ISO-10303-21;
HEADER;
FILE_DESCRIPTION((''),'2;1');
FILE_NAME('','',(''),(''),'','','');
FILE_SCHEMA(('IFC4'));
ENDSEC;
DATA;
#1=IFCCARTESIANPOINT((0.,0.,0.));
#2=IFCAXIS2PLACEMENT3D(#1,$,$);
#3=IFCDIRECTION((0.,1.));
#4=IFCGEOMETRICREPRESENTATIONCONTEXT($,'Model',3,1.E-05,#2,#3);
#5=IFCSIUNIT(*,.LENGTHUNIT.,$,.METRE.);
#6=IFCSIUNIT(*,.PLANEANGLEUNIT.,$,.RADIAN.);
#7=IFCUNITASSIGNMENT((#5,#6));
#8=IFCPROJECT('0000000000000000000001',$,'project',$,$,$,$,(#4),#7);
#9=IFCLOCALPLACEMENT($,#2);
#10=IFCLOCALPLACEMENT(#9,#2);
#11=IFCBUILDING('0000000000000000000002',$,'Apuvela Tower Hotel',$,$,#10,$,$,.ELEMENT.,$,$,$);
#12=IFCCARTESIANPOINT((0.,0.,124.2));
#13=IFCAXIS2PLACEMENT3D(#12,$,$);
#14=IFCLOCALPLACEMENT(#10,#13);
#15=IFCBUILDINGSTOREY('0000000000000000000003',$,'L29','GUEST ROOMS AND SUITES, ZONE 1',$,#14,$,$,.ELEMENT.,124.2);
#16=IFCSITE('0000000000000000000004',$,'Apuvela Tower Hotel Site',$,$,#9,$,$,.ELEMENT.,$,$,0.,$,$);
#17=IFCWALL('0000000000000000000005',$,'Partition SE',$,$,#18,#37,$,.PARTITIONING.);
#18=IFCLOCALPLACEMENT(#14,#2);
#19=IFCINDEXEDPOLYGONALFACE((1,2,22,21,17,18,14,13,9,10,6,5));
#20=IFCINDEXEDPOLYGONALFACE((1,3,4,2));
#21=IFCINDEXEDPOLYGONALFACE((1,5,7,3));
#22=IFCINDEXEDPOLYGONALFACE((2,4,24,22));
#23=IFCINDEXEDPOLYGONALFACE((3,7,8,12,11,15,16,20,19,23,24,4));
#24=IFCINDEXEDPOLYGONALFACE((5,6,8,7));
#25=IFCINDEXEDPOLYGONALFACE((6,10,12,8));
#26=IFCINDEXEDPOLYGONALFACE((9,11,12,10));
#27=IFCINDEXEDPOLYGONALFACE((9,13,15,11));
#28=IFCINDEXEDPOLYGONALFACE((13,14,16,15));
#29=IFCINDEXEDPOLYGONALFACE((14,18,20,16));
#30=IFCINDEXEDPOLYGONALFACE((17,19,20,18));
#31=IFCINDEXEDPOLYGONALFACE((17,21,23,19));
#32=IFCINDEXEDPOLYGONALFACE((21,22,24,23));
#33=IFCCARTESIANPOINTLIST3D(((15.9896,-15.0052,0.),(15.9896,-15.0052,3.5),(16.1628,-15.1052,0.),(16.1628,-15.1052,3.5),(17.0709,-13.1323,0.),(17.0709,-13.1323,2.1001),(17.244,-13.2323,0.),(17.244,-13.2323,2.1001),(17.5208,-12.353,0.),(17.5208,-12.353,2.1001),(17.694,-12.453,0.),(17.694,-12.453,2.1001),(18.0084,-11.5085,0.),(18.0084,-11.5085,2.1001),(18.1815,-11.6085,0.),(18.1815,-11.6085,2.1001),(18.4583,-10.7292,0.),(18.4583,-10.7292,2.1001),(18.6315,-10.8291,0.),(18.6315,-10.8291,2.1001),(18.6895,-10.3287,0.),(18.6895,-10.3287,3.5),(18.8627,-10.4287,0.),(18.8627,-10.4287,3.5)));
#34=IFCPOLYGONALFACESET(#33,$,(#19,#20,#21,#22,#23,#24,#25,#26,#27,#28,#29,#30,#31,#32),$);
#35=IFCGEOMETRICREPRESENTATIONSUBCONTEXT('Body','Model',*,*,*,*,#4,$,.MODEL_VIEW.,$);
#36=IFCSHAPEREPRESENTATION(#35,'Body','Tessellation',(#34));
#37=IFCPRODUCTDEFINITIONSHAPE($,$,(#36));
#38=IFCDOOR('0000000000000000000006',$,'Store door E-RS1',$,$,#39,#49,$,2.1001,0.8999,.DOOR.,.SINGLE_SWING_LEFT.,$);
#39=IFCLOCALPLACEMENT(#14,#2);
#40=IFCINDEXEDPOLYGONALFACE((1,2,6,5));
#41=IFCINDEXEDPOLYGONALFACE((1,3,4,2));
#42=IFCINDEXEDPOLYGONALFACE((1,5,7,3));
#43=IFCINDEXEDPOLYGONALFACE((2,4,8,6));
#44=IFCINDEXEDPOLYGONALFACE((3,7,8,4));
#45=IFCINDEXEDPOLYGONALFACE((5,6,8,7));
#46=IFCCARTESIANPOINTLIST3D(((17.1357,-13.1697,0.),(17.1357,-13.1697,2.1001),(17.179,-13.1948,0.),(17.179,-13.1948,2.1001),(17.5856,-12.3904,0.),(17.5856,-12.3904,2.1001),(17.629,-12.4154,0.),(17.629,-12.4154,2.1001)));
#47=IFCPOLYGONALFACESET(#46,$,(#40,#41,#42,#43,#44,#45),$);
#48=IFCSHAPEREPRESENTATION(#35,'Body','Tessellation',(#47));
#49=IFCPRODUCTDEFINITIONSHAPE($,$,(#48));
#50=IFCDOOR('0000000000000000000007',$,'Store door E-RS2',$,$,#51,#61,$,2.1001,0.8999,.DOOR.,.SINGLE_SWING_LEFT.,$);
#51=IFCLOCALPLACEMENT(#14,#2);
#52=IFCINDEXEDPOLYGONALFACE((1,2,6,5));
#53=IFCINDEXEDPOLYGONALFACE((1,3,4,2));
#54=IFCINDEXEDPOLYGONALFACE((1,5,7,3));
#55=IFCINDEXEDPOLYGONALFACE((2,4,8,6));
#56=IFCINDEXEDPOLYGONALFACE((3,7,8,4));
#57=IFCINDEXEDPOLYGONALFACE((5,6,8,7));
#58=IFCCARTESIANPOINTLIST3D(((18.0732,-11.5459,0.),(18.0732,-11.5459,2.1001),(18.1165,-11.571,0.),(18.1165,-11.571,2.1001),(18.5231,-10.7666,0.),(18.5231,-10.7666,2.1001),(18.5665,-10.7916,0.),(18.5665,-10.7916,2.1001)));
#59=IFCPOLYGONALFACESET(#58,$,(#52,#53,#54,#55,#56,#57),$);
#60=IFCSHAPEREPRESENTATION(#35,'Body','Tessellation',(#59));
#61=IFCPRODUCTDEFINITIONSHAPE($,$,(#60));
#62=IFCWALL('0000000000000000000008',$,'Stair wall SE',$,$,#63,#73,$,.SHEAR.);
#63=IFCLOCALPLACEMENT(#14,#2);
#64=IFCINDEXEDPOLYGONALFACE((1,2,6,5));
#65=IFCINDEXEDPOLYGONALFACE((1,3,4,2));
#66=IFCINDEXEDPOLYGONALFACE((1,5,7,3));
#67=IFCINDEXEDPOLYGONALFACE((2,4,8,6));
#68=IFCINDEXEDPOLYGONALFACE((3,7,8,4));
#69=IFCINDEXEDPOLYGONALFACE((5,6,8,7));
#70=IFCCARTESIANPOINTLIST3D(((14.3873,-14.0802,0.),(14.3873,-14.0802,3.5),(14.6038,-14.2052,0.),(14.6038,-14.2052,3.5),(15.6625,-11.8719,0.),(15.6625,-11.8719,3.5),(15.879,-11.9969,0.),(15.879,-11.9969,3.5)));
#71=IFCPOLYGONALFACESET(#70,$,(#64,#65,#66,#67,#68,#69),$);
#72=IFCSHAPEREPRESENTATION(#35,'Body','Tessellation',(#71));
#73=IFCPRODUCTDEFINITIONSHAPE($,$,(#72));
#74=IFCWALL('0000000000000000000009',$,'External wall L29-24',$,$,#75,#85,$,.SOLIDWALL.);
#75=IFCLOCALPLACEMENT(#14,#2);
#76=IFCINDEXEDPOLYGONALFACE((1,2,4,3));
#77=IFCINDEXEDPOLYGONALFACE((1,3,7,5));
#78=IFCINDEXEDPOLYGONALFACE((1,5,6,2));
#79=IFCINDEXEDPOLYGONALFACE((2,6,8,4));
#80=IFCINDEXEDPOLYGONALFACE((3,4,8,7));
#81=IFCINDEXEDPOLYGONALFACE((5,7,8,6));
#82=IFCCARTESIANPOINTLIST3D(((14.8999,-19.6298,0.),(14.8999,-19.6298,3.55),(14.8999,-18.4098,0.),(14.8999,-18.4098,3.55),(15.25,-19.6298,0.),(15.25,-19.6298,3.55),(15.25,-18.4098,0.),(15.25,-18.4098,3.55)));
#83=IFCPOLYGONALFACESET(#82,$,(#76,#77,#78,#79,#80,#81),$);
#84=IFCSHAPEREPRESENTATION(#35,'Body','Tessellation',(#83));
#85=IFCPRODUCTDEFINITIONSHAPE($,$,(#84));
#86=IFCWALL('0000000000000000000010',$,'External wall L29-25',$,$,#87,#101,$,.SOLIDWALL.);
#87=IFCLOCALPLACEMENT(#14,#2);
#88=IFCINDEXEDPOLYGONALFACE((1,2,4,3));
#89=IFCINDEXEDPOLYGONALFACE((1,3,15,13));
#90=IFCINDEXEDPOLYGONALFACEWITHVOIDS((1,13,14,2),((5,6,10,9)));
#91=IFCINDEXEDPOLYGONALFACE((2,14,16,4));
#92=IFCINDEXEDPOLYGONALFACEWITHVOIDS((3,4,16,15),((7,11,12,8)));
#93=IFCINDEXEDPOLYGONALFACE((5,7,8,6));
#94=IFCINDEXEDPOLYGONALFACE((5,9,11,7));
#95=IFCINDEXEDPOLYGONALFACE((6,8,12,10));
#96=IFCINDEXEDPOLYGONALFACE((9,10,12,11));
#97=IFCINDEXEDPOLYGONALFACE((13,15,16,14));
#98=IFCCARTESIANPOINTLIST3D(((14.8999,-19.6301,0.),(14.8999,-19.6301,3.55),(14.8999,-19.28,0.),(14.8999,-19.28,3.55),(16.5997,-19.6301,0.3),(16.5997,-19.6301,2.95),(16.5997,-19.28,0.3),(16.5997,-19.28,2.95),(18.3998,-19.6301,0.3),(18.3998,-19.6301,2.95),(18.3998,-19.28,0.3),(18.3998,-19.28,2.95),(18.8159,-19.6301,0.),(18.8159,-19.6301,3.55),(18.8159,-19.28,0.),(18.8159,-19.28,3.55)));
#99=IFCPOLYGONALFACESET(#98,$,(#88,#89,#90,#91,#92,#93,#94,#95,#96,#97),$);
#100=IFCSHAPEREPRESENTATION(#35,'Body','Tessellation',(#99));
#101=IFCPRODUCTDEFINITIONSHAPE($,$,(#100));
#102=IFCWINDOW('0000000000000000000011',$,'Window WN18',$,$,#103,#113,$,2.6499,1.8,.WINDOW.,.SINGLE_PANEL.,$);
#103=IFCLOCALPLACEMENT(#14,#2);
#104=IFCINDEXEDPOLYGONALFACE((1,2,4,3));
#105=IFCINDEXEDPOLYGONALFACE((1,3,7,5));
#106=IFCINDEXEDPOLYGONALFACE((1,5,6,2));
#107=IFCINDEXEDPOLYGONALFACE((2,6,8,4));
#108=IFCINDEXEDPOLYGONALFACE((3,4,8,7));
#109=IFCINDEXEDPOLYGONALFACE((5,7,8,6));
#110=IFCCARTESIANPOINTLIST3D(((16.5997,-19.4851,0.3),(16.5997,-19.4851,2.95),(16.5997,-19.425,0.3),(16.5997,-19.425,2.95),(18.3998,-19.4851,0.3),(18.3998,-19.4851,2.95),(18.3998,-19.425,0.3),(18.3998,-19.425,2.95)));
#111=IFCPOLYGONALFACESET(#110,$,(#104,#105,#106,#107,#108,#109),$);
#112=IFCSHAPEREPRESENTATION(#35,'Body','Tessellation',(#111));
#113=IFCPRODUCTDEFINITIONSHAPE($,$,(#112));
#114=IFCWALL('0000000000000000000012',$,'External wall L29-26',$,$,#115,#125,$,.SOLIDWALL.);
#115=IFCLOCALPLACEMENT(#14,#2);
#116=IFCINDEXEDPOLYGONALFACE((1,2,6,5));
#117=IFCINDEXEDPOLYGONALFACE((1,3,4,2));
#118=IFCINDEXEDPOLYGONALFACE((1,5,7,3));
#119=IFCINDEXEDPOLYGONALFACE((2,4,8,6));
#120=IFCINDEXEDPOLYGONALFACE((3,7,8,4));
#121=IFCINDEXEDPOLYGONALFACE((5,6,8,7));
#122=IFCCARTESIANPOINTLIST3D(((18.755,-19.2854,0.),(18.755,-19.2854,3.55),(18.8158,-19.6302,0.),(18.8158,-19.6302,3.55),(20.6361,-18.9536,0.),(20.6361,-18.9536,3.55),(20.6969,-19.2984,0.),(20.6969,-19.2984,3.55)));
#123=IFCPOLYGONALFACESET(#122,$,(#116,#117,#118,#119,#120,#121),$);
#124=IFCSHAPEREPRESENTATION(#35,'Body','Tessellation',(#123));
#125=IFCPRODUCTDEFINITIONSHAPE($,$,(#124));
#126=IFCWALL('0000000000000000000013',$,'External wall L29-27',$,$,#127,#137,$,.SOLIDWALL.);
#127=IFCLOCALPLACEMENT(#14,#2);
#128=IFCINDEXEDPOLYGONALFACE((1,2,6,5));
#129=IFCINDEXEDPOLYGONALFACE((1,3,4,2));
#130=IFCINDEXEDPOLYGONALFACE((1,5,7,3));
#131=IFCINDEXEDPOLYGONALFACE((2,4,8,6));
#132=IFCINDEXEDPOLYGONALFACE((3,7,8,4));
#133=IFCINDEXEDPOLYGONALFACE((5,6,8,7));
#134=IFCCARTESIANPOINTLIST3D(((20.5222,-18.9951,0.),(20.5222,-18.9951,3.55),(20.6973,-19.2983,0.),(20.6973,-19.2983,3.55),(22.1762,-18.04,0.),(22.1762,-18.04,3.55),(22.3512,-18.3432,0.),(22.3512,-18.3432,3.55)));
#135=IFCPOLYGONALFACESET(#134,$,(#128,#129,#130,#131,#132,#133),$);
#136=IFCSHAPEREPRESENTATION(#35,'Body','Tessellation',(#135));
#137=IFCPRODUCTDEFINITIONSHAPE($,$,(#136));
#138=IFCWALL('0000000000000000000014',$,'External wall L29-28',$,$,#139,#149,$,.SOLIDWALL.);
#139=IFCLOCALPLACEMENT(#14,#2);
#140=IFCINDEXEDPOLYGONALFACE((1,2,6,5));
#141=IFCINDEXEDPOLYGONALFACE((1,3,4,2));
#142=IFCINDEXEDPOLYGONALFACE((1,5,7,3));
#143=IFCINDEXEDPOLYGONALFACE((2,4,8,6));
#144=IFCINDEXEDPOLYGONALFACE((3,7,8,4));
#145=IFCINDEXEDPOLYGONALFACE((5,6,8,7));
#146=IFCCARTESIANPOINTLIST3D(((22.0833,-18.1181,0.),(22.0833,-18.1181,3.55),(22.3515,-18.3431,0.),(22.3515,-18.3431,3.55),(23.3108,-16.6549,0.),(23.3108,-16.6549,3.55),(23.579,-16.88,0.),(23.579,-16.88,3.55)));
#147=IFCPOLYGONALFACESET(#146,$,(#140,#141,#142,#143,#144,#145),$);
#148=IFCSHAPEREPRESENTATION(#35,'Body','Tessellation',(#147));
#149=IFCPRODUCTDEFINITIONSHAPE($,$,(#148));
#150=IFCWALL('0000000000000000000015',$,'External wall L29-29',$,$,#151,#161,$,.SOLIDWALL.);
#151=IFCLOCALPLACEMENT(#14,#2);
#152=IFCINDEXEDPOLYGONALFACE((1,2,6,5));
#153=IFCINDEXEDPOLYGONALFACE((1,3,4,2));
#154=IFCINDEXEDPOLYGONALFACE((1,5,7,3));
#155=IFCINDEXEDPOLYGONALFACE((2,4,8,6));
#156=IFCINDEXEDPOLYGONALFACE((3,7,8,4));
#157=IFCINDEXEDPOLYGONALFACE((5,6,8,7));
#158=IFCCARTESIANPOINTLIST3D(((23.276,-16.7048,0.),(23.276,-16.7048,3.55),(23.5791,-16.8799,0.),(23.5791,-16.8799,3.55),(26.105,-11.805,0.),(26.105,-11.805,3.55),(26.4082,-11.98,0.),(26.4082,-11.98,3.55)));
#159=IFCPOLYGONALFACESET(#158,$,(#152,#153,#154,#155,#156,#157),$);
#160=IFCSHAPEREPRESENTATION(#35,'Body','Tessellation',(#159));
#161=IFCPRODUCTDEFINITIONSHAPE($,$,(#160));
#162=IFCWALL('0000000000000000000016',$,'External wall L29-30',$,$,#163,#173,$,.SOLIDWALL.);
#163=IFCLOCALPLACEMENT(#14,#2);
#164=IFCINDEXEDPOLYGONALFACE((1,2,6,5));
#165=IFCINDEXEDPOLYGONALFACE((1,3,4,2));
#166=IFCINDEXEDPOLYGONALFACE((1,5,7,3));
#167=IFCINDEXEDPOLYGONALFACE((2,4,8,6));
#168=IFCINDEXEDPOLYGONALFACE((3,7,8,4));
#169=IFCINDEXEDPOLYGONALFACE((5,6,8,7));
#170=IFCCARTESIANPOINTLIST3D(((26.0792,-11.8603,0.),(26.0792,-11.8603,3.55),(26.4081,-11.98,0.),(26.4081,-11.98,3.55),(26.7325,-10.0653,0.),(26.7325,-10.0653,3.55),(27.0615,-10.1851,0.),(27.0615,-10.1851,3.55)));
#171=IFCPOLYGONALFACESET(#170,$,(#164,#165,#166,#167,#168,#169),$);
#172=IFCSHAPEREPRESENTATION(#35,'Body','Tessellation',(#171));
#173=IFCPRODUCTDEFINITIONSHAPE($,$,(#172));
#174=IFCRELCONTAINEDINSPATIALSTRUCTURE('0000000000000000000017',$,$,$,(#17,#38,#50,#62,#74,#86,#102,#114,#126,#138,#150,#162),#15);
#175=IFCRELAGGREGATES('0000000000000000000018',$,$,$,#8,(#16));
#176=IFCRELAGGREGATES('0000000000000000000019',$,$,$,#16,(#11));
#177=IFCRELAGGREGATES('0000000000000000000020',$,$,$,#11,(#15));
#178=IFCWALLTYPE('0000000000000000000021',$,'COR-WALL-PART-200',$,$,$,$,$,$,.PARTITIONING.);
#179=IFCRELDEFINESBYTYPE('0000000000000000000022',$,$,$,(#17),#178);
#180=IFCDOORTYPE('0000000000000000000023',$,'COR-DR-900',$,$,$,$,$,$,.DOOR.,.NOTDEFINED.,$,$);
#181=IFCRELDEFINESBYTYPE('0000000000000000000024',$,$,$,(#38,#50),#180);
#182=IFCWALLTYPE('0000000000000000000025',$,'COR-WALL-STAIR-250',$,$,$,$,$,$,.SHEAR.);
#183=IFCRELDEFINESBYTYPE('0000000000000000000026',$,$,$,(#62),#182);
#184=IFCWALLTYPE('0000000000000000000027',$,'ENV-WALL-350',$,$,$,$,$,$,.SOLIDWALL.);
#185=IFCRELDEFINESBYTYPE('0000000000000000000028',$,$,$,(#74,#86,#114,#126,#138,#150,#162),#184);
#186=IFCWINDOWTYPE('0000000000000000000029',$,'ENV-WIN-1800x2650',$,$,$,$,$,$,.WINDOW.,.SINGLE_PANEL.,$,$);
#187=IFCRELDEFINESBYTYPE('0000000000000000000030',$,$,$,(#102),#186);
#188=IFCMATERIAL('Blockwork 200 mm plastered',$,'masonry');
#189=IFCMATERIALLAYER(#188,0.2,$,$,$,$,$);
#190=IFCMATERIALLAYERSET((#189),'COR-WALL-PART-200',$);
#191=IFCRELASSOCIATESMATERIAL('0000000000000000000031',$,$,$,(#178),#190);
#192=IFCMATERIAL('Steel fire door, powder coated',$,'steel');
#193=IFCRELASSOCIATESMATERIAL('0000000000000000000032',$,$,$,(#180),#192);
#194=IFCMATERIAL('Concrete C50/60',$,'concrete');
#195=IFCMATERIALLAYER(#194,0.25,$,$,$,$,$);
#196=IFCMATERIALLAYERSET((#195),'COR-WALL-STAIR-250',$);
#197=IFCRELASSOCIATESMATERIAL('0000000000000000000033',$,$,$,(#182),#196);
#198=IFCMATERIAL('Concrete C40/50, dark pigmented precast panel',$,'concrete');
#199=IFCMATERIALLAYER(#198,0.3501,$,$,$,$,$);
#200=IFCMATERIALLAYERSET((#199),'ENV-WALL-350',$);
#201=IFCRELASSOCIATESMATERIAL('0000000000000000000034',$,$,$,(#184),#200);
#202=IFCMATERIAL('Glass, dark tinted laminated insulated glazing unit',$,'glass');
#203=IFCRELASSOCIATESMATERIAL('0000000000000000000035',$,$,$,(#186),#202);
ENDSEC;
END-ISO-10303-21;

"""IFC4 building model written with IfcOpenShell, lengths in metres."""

from ifc_helpers import new_model, si_unit, direction, frame, frame_2d, origin, place, context, subcontext, project, spatial, rectangle, extrude, material, layer, layer_set, type_object, element, fill, save


model = new_model("IFC4")

# Units and contexts
model_context = context("Model", 3, precision=1e-05, world=origin(), true_north=direction((0.0, 1.0)))
body_context = subcontext(model_context, "Body", "Model", "MODEL_VIEW")
ifc_project = project(units=[si_unit("LENGTHUNIT", "METRE"), si_unit("PLANEANGLEUNIT", "RADIAN")], contexts=[model_context])

# Site, building, storey
site_placement = place(None, origin())
site = spatial("IfcSite", under=ifc_project, at=site_placement, Name="Apuvela Tower Hotel Site", CompositionType="ELEMENT", RefElevation=0.0)
building_placement = place(site_placement, origin())
building = spatial("IfcBuilding", under=site, at=building_placement, Name="Apuvela Tower Hotel", CompositionType="ELEMENT")
storey_placement = place(building_placement, frame((0.0, 0.0, 124.2)))
storey = spatial("IfcBuildingStorey", under=building, at=storey_placement, Name="L29", Description="GUEST ROOMS AND SUITES, ZONE 1", CompositionType="ELEMENT", Elevation=124.2)

# Wall, openings, doors
ifc_material_1 = material(Name="Blockwork 200 mm plastered", Category="masonry")
ifc_layer_1 = layer(ifc_material_1, 0.2)
ifc_layer_set_1 = layer_set([ifc_layer_1], Name="COR-WALL-PART-200")
wall_type_1 = type_object("IfcWallType", Name="COR-WALL-PART-200", PredefinedType="PARTITIONING", material=ifc_layer_set_1)
wall_1_placement = place(storey_placement, frame((16.0762, -15.0552, 0.0), z_axis=(0.0, 0.0, 1.0), x_axis=(0.499995, 0.866028, 0.0)))
wall_1 = element("IfcWall", 1, at=wall_1_placement, inside=storey, type_object=wall_type_1, Name="Partition SE", PredefinedType="PARTITIONING", context=body_context, shape_type="SweptSolid", body=[
    extrude(rectangle(XDim=5.3999, YDim=0.2, at=frame_2d((2.7, 0.0))), origin(), (0.0, 0.0, 1.0), 3.5),
])
opening_1_placement = place(wall_1_placement, frame((2.1626, 0.0, 0.0)))
opening_1 = element("IfcOpeningElement", 2, at=opening_1_placement, cuts=wall_1, PredefinedType="OPENING", context=body_context, shape_type="SweptSolid", body=[
    extrude(rectangle(XDim=0.8999, YDim=2.1001, at=frame_2d((0.45, 1.05))), frame((0.0, 0.1099, 0.0), z_axis=(0.0, -1.0, 0.0), x_axis=(1.0, 0.0, 0.0)), (0.0, 0.0, 1.0), 0.22),
])
opening_2_placement = place(wall_1_placement, frame((4.0376, 0.0, 0.0)))
opening_2 = element("IfcOpeningElement", 3, at=opening_2_placement, cuts=wall_1, PredefinedType="OPENING", context=body_context, shape_type="SweptSolid", body=[
    extrude(rectangle(XDim=0.8999, YDim=2.1001, at=frame_2d((0.45, 1.05))), frame((0.0, 0.1099, 0.0), z_axis=(0.0, -1.0, 0.0), x_axis=(1.0, 0.0, 0.0)), (0.0, 0.0, 1.0), 0.22),
])
ifc_material_2 = material(Name="Steel fire door, powder coated", Category="steel")
door_type_1 = type_object("IfcDoorType", Name="COR-DR-900", OperationType="NOTDEFINED", PredefinedType="DOOR", material=ifc_material_2)
door_1_placement = place(opening_1_placement, frame((0.8999, 0.0, 0.0), z_axis=(0.0, 0.0, 1.0), x_axis=(-1.0, 0.0, 0.0)))
door_1 = element("IfcDoor", 4, at=door_1_placement, inside=storey, type_object=door_type_1, Name="Store door E-RS1", OperationType="SINGLE_SWING_LEFT", OverallHeight=2.1001, OverallWidth=0.8999, PredefinedType="DOOR", context=body_context, shape_type="SweptSolid", body=[
    extrude(rectangle(XDim=0.8999, YDim=2.1001, at=frame_2d((0.45, 1.05))), frame((0.0, 0.0249, 0.0), z_axis=(0.0, -1.0, 0.0), x_axis=(1.0, 0.0, 0.0)), (0.0, 0.0, 1.0), 0.05),
])
fill(opening_1, door_1)
door_2_placement = place(opening_2_placement, frame((0.8999, 0.0, 0.0), z_axis=(0.0, 0.0, 1.0), x_axis=(-1.0, 0.0, 0.0)))
door_2 = element("IfcDoor", 5, at=door_2_placement, inside=storey, type_object=door_type_1, Name="Store door E-RS2", OperationType="SINGLE_SWING_LEFT", OverallHeight=2.1001, OverallWidth=0.8999, PredefinedType="DOOR", context=body_context, shape_type="SweptSolid", body=[
    extrude(rectangle(XDim=0.8999, YDim=2.1001, at=frame_2d((0.45, 1.05))), frame((0.0, 0.0249, 0.0), z_axis=(0.0, -1.0, 0.0), x_axis=(1.0, 0.0, 0.0)), (0.0, 0.0, 1.0), 0.05),
])
fill(opening_2, door_2)

# Walls
ifc_material_3 = material(Name="Concrete C50/60", Category="concrete")
ifc_layer_2 = layer(ifc_material_3, 0.25)
ifc_layer_set_2 = layer_set([ifc_layer_2], Name="COR-WALL-STAIR-250")
wall_type_2 = type_object("IfcWallType", Name="COR-WALL-STAIR-250", PredefinedType="SHEAR", material=ifc_layer_set_2)
wall_2_placement = place(storey_placement, frame((14.4956, -14.1426, 0.0), z_axis=(0.0, 0.0, 1.0), x_axis=(0.500062, 0.865989, 0.0)))
element("IfcWall", 6, at=wall_2_placement, inside=storey, type_object=wall_type_2, Name="Stair wall SE", PredefinedType="SHEAR", context=body_context, shape_type="SweptSolid", body=[
    extrude(rectangle(XDim=2.55, YDim=0.25, at=frame_2d((1.2749, 0.0))), origin(), (0.0, 0.0, 1.0), 3.5),
])
ifc_material_4 = material(Name="Concrete C40/50, dark pigmented precast panel", Category="concrete")
ifc_layer_3 = layer(ifc_material_4, 0.3501)
ifc_layer_set_3 = layer_set([ifc_layer_3], Name="ENV-WALL-350")
wall_type_3 = type_object("IfcWallType", Name="ENV-WALL-350", PredefinedType="SOLIDWALL", material=ifc_layer_set_3)
wall_3_placement = place(storey_placement, frame((15.075, -18.4099, 0.0), z_axis=(0.0, 0.0, 1.0), x_axis=(0.0, -1.0, 0.0)))
element("IfcWall", 7, at=wall_3_placement, inside=storey, type_object=wall_type_3, Name="External wall L29-24", PredefinedType="SOLIDWALL", context=body_context, shape_type="SweptSolid", body=[
    extrude(rectangle(XDim=1.22, YDim=0.3501, at=frame_2d((0.6099, 0.0))), origin(), (0.0, 0.0, 1.0), 3.55),
])

# Wall, opening, window
wall_4_placement = place(storey_placement, frame((14.8999, -19.4551, 0.0), z_axis=(0.0, 0.0, 1.0), x_axis=(1.0, 0.0, 0.0)))
wall_4 = element("IfcWall", 8, at=wall_4_placement, inside=storey, type_object=wall_type_3, Name="External wall L29-25", PredefinedType="SOLIDWALL", context=body_context, shape_type="SweptSolid", body=[
    extrude(rectangle(XDim=3.916, YDim=0.3501, at=frame_2d((1.958, 0.0))), origin(), (0.0, 0.0, 1.0), 3.55),
])
opening_3_placement = place(wall_4_placement, frame((1.7, 0.0, 0.3)))
opening_3 = element("IfcOpeningElement", 9, at=opening_3_placement, cuts=wall_4, PredefinedType="OPENING", context=body_context, shape_type="SweptSolid", body=[
    extrude(rectangle(XDim=1.8, YDim=2.6499, at=frame_2d((0.8999, 1.325))), frame((0.0, 0.1851, 0.0), z_axis=(0.0, -1.0, 0.0), x_axis=(1.0, 0.0, 0.0)), (0.0, 0.0, 1.0), 0.3701),
])
ifc_material_5 = material(Name="Glass, dark tinted laminated insulated glazing unit", Category="glass")
window_type = type_object("IfcWindowType", Name="ENV-WIN-1800x2650", PartitioningType="SINGLE_PANEL", PredefinedType="WINDOW", material=ifc_material_5)
window_placement = place(opening_3_placement, origin())
window = element("IfcWindow", 10, at=window_placement, inside=storey, type_object=window_type, Name="Window WN18", OverallHeight=2.6499, OverallWidth=1.8, PartitioningType="SINGLE_PANEL", PredefinedType="WINDOW", context=body_context, shape_type="SweptSolid", body=[
    extrude(rectangle(XDim=1.8, YDim=2.6499, at=frame_2d((0.8999, 1.325))), frame((0.0, 0.03, 0.0), z_axis=(0.0, -1.0, 0.0), x_axis=(1.0, 0.0, 0.0)), (0.0, 0.0, 1.0), 0.0601),
])
fill(opening_3, window)

# Walls
wall_5_placement = place(storey_placement, frame((18.7854, -19.4578, 0.0), z_axis=(0.0, 0.0, 1.0), x_axis=(0.984799, 0.173698, 0.0)))
element("IfcWall", 11, at=wall_5_placement, inside=storey, type_object=wall_type_3, Name="External wall L29-26", PredefinedType="SOLIDWALL", context=body_context, shape_type="SweptSolid", body=[
    extrude(rectangle(XDim=1.9102, YDim=0.3501, at=frame_2d((0.9551, 0.0))), origin(), (0.0, 0.0, 1.0), 3.55),
])
for number, where, z_axis, x_axis, name in (
    (12, (20.6096, -19.1467, 0.0), (0.0, 0.0, 1.0), (0.866, 0.500043, 0.0), "External wall L29-27"),
    (13, (22.2173, -18.2307, 0.0), (0.0, 0.0, 1.0), (0.642733, 0.76609, 0.0), "External wall L29-28"),
):
    element("IfcWall", number, at=place(storey_placement, frame(where, z_axis=z_axis, x_axis=x_axis)), inside=storey, type_object=wall_type_3, Name=name, PredefinedType="SOLIDWALL", context=body_context, shape_type="SweptSolid", body=[
        extrude(rectangle(XDim=1.9099, YDim=0.3501, at=frame_2d((0.9551, 0.0))), origin(), (0.0, 0.0, 1.0), 3.55),
    ])
wall_6_placement = place(storey_placement, frame((23.4275, -16.7925, 0.0), z_axis=(0.0, 0.0, 1.0), x_axis=(0.500019, 0.866015, 0.0)))
element("IfcWall", 14, at=wall_6_placement, inside=storey, type_object=wall_type_3, Name="External wall L29-29", PredefinedType="SOLIDWALL", context=body_context, shape_type="SweptSolid", body=[
    extrude(rectangle(XDim=5.658, YDim=0.3501, at=frame_2d((2.8291, 0.0))), origin(), (0.0, 0.0, 1.0), 3.55),
])
wall_7_placement = place(storey_placement, frame((26.2437, -11.9202, 0.0), z_axis=(0.0, 0.0, 1.0), x_axis=(0.34203, 0.939689, 0.0)))
element("IfcWall", 15, at=wall_7_placement, inside=storey, type_object=wall_type_3, Name="External wall L29-30", PredefinedType="SOLIDWALL", context=body_context, shape_type="SweptSolid", body=[
    extrude(rectangle(XDim=1.9102, YDim=0.3501, at=frame_2d((0.9551, 0.0))), origin(), (0.0, 0.0, 1.0), 3.55),
])

save(model, "model.ifc")
